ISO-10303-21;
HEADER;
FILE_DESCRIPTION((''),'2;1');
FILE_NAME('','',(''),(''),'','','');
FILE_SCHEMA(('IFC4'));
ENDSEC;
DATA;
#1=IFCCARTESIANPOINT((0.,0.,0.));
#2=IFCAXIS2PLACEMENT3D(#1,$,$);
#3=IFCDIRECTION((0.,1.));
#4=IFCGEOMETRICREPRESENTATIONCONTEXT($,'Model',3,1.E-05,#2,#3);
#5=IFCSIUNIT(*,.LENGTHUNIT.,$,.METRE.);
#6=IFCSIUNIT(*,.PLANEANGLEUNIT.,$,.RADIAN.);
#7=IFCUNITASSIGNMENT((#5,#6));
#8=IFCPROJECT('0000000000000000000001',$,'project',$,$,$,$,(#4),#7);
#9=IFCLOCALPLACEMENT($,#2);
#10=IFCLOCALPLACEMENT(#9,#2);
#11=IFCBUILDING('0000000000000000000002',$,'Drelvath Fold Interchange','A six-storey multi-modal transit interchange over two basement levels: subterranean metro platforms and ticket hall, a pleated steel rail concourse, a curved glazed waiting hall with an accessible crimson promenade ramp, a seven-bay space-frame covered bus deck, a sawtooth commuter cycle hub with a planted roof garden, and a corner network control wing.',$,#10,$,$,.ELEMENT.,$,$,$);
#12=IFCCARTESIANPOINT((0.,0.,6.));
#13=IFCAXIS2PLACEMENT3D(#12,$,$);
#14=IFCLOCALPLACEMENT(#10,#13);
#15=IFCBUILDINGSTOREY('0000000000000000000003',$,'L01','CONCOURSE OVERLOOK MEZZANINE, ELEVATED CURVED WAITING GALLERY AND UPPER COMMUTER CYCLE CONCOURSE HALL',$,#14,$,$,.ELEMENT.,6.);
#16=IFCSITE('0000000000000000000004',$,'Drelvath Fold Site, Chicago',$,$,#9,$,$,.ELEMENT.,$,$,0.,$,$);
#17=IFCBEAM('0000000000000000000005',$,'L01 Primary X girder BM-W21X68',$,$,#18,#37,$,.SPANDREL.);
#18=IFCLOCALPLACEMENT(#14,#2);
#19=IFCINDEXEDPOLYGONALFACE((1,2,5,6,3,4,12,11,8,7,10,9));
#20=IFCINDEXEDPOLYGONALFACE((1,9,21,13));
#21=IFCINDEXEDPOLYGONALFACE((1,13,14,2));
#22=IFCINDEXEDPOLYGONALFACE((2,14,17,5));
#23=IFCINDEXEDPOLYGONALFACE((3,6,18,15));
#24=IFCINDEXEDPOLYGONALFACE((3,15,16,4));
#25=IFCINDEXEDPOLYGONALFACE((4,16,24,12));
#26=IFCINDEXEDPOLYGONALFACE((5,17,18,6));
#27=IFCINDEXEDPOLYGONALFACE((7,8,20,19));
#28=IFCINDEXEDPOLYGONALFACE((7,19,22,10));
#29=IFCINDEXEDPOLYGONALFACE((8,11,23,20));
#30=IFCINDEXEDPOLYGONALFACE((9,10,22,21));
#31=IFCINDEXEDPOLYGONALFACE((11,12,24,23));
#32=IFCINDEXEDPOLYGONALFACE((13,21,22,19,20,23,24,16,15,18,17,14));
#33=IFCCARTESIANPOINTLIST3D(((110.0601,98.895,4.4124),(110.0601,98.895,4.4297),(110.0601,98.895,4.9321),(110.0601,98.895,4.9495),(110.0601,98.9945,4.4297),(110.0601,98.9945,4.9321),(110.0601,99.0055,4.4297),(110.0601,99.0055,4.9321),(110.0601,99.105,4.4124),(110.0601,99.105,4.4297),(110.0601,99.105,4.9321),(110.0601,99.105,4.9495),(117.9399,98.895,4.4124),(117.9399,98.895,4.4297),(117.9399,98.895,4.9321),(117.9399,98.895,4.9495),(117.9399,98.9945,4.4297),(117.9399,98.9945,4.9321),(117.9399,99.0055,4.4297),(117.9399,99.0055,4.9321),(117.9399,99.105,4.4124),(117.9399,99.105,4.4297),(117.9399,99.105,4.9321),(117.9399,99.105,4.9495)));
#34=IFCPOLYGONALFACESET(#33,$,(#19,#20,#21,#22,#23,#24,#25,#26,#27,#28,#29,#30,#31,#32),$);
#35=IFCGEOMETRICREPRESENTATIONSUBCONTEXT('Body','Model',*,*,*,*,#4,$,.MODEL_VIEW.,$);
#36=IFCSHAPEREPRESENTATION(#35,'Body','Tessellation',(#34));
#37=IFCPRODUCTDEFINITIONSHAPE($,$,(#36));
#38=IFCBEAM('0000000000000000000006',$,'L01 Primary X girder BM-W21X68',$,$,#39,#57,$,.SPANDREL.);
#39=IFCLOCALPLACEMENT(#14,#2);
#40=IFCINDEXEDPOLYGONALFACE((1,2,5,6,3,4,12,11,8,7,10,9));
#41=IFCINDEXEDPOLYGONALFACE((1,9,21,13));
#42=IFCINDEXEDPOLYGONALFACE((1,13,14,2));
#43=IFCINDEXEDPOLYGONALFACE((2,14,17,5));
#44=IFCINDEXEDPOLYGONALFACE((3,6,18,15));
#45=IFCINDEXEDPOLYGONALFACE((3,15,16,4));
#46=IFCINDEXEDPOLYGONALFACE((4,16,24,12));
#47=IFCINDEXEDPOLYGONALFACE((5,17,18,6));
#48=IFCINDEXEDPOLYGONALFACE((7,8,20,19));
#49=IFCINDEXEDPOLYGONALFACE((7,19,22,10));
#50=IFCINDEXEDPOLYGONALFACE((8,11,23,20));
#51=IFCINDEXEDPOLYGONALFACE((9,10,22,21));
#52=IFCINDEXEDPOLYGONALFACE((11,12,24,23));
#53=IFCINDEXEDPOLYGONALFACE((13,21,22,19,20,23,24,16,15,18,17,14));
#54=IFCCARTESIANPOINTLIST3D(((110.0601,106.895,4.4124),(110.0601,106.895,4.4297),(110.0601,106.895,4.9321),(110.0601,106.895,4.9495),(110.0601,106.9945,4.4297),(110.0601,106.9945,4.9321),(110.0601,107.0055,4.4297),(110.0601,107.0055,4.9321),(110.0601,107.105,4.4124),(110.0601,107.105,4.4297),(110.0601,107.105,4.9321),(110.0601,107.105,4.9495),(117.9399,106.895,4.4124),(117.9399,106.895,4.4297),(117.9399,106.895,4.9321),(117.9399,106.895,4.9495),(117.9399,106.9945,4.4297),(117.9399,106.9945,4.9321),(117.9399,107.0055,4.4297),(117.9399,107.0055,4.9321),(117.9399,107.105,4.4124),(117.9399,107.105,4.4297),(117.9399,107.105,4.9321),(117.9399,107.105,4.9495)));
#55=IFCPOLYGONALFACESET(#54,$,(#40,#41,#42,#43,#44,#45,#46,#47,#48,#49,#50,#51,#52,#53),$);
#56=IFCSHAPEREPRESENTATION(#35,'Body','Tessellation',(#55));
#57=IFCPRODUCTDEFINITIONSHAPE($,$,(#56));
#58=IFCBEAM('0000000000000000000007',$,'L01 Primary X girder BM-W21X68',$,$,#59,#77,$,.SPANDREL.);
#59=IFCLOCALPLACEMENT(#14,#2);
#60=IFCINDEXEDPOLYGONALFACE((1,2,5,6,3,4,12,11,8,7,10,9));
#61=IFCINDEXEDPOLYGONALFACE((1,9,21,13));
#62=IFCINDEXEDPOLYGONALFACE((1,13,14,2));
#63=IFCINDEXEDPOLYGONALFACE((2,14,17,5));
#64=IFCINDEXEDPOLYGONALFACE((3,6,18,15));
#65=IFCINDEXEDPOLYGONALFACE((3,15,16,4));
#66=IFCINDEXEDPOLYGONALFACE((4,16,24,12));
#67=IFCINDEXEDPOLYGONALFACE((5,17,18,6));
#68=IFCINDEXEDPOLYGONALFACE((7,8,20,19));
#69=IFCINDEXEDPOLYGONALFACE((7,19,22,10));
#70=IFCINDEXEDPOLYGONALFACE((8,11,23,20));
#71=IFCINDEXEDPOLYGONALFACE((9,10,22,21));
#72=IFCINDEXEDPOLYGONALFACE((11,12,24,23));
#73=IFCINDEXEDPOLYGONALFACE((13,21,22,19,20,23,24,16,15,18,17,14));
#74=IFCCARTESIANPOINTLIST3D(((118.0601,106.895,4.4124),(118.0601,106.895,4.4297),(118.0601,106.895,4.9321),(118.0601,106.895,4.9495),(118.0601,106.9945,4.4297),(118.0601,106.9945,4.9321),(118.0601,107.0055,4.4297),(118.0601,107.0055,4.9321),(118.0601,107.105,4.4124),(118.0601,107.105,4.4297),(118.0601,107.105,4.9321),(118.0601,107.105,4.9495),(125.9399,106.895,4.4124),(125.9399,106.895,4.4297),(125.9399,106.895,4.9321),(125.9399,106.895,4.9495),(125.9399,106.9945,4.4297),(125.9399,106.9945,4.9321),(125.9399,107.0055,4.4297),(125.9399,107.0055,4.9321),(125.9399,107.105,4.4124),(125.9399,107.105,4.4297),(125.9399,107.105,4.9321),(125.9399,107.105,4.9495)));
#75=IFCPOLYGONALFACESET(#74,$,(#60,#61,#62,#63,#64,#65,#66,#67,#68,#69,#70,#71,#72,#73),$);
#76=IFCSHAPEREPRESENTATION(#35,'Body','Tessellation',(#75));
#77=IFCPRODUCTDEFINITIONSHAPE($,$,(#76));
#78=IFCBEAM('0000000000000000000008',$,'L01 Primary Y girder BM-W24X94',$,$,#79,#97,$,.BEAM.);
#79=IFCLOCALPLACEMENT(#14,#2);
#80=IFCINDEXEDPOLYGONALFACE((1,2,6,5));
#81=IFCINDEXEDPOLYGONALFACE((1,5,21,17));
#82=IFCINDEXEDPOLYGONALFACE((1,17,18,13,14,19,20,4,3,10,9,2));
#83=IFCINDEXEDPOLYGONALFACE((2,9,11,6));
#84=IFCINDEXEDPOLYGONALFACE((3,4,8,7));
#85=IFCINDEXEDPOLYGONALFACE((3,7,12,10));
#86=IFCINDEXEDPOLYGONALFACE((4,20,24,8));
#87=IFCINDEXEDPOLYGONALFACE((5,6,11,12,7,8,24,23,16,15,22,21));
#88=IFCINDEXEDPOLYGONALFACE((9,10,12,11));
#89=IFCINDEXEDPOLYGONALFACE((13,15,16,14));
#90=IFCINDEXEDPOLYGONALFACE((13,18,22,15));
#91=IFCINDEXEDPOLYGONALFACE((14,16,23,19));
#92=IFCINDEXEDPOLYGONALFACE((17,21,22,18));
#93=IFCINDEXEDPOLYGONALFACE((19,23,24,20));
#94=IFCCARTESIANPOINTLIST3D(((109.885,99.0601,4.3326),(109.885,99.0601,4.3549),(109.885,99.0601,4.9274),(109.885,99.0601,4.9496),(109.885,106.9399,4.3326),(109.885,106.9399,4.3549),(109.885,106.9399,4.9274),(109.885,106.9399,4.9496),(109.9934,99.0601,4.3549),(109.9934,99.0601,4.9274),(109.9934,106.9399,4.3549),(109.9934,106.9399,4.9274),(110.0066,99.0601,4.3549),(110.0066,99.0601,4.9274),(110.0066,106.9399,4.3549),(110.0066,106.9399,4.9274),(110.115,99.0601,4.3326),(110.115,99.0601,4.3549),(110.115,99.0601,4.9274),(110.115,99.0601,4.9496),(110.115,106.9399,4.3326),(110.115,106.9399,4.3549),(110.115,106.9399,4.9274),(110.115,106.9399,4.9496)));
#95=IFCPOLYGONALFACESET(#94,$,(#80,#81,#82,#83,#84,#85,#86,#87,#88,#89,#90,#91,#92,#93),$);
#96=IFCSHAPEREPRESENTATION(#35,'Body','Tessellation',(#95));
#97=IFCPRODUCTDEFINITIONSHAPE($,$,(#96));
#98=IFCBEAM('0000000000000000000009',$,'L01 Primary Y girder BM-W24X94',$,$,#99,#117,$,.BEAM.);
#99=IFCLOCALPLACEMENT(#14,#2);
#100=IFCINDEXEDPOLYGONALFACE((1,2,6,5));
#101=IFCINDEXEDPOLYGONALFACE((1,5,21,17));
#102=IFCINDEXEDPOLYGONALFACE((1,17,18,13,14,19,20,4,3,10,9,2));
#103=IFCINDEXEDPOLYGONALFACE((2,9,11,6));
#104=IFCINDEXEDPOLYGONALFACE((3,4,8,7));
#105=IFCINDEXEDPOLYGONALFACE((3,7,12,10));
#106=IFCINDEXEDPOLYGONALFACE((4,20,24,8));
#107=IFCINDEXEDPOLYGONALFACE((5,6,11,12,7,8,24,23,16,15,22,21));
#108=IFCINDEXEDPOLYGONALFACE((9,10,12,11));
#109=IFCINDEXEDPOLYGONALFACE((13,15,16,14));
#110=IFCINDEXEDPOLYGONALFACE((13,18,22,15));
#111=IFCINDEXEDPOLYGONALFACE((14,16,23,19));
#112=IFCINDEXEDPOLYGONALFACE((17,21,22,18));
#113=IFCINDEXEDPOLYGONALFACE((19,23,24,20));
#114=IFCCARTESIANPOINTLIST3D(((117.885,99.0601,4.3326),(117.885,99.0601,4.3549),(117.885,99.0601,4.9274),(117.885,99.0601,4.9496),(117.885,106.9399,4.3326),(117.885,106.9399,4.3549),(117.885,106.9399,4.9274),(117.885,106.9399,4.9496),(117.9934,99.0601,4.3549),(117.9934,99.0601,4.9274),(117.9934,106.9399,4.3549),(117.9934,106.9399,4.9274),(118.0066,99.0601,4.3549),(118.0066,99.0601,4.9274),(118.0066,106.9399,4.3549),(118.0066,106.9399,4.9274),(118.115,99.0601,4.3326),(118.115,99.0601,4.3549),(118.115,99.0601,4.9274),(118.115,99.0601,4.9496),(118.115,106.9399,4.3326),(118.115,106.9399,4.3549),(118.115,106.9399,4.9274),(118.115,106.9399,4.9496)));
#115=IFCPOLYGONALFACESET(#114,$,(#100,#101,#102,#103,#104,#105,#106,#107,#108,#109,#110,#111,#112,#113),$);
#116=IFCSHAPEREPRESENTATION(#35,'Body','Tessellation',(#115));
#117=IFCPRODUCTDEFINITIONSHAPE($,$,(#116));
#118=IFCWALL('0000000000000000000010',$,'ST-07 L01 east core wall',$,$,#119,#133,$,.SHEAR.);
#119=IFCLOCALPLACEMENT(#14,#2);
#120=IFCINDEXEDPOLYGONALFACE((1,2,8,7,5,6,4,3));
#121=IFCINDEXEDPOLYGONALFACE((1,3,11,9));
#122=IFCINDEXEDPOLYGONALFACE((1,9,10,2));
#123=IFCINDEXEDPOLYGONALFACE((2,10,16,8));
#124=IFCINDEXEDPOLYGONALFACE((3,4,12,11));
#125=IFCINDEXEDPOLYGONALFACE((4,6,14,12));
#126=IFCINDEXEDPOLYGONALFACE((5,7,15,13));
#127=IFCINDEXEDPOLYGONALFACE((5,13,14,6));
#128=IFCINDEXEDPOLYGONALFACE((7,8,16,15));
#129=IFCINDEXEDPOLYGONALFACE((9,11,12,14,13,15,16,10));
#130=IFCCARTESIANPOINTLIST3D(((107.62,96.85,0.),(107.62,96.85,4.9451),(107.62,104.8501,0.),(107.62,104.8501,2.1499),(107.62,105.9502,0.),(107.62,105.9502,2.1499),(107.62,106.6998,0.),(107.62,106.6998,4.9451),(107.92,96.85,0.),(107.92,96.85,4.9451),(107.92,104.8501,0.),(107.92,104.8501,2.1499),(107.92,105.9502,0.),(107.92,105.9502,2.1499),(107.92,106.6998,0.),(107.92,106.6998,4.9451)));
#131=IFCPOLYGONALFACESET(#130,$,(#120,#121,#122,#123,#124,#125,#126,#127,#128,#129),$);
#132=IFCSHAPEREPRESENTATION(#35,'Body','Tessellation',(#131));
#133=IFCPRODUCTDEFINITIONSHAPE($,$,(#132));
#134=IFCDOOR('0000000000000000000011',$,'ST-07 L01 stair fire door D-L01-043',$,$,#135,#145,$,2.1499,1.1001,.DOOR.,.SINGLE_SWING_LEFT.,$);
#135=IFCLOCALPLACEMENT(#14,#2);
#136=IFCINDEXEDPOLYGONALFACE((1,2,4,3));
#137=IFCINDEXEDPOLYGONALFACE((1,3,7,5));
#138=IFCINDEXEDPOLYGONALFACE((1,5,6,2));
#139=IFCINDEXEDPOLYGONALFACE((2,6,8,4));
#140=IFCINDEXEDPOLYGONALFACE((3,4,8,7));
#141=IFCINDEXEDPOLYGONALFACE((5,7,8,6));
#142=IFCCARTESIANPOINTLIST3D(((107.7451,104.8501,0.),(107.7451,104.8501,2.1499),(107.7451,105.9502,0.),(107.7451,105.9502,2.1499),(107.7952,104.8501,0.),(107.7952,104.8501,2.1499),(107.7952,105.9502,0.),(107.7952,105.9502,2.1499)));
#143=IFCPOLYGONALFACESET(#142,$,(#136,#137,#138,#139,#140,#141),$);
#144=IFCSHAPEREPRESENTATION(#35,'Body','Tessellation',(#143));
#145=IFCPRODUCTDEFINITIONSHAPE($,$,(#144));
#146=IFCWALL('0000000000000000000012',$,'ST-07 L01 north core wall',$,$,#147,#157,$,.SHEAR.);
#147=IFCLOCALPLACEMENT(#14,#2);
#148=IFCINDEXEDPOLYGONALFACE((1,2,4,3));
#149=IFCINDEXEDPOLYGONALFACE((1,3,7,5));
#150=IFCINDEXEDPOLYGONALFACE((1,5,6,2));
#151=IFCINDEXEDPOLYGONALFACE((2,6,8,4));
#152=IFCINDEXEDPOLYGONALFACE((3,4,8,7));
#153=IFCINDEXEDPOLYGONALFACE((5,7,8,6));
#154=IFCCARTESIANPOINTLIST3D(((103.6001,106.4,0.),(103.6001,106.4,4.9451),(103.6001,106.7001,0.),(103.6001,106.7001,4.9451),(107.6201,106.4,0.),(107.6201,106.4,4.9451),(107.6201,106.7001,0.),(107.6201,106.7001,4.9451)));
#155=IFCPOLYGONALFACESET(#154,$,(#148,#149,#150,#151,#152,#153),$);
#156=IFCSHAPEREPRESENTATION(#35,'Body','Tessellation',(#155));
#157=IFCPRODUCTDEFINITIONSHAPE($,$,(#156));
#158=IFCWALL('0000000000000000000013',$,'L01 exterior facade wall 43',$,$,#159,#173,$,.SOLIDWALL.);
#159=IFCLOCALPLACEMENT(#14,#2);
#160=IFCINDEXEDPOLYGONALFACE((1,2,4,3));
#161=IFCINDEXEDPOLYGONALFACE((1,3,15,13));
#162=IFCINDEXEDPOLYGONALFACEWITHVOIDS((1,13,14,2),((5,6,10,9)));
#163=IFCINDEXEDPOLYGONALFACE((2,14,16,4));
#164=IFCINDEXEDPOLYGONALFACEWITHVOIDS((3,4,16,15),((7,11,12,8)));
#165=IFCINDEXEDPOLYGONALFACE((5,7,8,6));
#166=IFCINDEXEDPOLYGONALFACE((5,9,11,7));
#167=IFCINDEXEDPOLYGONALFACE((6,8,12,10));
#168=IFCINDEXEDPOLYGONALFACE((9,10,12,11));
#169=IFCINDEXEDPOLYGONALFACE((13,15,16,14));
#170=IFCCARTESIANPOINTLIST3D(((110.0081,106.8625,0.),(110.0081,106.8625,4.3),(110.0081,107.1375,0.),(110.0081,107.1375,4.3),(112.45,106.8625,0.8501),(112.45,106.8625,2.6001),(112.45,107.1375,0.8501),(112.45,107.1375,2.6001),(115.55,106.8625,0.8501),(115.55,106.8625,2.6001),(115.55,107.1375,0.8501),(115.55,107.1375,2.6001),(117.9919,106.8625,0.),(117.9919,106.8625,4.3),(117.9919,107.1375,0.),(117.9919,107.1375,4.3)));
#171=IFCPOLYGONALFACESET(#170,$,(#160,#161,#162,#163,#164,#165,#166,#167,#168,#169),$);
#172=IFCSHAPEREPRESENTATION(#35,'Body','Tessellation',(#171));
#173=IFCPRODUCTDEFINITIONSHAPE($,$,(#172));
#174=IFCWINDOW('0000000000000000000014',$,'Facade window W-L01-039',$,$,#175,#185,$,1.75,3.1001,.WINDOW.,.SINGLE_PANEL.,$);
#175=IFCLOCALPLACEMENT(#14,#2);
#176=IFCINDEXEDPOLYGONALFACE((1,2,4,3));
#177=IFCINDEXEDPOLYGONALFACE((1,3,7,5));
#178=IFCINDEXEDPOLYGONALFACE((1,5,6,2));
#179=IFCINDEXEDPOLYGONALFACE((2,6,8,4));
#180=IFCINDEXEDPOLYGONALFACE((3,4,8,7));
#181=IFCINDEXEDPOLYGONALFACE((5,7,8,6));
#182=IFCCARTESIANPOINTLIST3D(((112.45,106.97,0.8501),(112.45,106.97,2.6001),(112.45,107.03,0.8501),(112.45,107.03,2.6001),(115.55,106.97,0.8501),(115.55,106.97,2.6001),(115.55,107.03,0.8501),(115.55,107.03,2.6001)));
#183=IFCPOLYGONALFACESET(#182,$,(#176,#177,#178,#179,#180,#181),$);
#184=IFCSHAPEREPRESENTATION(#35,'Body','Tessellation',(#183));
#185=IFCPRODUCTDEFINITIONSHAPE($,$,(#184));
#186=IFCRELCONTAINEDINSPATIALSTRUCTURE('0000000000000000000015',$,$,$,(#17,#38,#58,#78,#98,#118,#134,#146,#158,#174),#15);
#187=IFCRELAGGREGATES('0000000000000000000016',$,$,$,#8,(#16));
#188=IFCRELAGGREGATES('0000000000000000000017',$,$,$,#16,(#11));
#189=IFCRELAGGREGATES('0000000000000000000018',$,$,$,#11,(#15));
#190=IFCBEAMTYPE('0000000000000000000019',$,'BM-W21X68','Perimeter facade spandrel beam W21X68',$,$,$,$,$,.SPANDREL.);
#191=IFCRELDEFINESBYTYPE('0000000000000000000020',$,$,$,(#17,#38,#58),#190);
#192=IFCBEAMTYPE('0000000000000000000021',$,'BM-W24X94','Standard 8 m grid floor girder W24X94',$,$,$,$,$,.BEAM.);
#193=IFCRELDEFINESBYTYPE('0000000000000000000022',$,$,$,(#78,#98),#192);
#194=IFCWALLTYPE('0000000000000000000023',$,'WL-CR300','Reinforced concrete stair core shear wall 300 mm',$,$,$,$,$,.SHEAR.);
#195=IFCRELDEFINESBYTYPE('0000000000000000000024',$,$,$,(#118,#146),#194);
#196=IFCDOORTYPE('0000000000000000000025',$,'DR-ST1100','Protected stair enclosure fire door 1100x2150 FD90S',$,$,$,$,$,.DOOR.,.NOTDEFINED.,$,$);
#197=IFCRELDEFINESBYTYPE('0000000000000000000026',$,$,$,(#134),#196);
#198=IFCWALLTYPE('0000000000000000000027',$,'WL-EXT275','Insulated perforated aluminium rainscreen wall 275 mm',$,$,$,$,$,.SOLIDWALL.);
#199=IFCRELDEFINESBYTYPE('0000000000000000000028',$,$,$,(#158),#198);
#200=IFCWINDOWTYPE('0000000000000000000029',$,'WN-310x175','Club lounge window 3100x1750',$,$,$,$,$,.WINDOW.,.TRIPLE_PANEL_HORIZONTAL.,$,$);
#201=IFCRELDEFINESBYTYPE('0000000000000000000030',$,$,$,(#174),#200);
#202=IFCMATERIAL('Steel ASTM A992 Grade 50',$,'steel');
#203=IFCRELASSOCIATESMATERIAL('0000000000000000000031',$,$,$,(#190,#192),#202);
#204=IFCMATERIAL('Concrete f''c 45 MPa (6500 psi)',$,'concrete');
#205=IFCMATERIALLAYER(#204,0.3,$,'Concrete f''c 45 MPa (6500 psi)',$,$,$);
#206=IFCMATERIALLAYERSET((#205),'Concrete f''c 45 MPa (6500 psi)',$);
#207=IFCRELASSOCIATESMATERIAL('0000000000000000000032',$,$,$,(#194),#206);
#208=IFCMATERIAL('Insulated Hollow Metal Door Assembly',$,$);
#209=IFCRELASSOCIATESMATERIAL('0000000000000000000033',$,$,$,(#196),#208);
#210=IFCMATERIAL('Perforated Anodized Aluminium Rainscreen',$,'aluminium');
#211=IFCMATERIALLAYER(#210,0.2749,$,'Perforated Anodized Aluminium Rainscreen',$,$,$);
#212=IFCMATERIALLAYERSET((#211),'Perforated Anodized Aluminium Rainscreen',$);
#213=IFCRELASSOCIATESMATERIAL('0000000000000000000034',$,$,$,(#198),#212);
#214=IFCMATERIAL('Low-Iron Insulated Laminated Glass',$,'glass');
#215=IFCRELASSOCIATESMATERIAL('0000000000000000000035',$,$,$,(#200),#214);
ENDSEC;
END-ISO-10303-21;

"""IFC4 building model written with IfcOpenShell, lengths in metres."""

from ifc_helpers import new_model, si_unit, direction, frame, frame_2d, origin, origin_2d, place, context, subcontext, project, spatial, rectangle, i_section, extrude, material, layer, layer_set, material_profile, profile_set, type_object, element, fill, save


model = new_model("IFC4")

# Units and contexts
model_context = context("Model", 3, precision=1e-05, world=origin(), true_north=direction((0.0, 1.0)))
body_context = subcontext(model_context, "Body", "Model", "MODEL_VIEW")
ifc_project = project(units=[si_unit("LENGTHUNIT", "METRE"), si_unit("PLANEANGLEUNIT", "RADIAN")], contexts=[model_context])

# Site, building, storey
site_placement = place(None, origin())
site = spatial("IfcSite", under=ifc_project, at=site_placement, Name="Drelvath Fold Site, Chicago", CompositionType="ELEMENT", RefElevation=0.0)
building_placement = place(site_placement, origin())
building = spatial("IfcBuilding", under=site, at=building_placement, Name="Drelvath Fold Interchange", Description="A six-storey multi-modal transit interchange over two basement levels: subterranean metro platforms and ticket hall, a pleated steel rail concourse, a curved glazed waiting hall with an accessible crimson promenade ramp, a seven-bay space-frame covered bus deck, a sawtooth commuter cycle hub with a planted roof garden, and a corner network control wing.", CompositionType="ELEMENT")
storey_placement = place(building_placement, frame((0.0, 0.0, 6.0)))
storey = spatial("IfcBuildingStorey", under=building, at=storey_placement, Name="L01", Description="CONCOURSE OVERLOOK MEZZANINE, ELEVATED CURVED WAITING GALLERY AND UPPER COMMUTER CYCLE CONCOURSE HALL", CompositionType="ELEMENT", Elevation=6.0)

# Shared definitions
ifc_material_1 = material(Name="Steel ASTM A992 Grade 50", Category="steel")

# Beams
ifc_material_profile_1 = material_profile(ifc_material_1, i_section(OverallWidth=0.21, OverallDepth=0.5371, WebThickness=0.011, FlangeThickness=0.0173, at=origin_2d()), Name="W21X68")
ifc_profile_set_1 = profile_set([ifc_material_profile_1], Name="Steel ASTM A992 Grade 50")
beam_type_1 = type_object("IfcBeamType", Name="BM-W21X68", Description="Perimeter facade spandrel beam W21X68", PredefinedType="SPANDREL", material=ifc_profile_set_1)
for number, where, z_axis, x_axis, name in (
    (1, (110.0601, 99.0, 4.6809), (1.0, 0.0, 0.0), (0.0, 1.0, 0.0), "L01 Primary X girder BM-W21X68"),
    (2, (110.0601, 107.0, 4.6809), (1.0, 0.0, 0.0), (0.0, 1.0, 0.0), "L01 Primary X girder BM-W21X68"),
    (3, (118.0601, 107.0, 4.6809), (1.0, 0.0, 0.0), (0.0, 1.0, 0.0), "L01 Primary X girder BM-W21X68"),
):
    element("IfcBeam", number, at=place(storey_placement, frame(where, z_axis=z_axis, x_axis=x_axis)), inside=storey, type_object=beam_type_1, Name=name, PredefinedType="SPANDREL", context=body_context, shape_type="SweptSolid", body=[
        extrude(i_section(OverallWidth=0.21, OverallDepth=0.5371, WebThickness=0.011, FlangeThickness=0.0173, at=origin_2d()), origin(), (0.0, 0.0, 1.0), 7.8799),
    ])
ifc_material_profile_2 = material_profile(ifc_material_1, i_section(OverallWidth=0.23, OverallDepth=0.6169, WebThickness=0.0132, FlangeThickness=0.0222, at=origin_2d()), Name="W24X94")
ifc_profile_set_2 = profile_set([ifc_material_profile_2], Name="Steel ASTM A992 Grade 50")
beam_type_2 = type_object("IfcBeamType", Name="BM-W24X94", Description="Standard 8 m grid floor girder W24X94", PredefinedType="BEAM", material=ifc_profile_set_2)
for number, where, z_axis, x_axis, name in (
    (4, (110.0, 99.0601, 4.6411), (0.0, 1.0, 0.0), (-1.0, 0.0, 0.0), "L01 Primary Y girder BM-W24X94"),
    (5, (118.0, 99.0601, 4.6411), (0.0, 1.0, 0.0), (-1.0, 0.0, 0.0), "L01 Primary Y girder BM-W24X94"),
):
    element("IfcBeam", number, at=place(storey_placement, frame(where, z_axis=z_axis, x_axis=x_axis)), inside=storey, type_object=beam_type_2, Name=name, PredefinedType="BEAM", context=body_context, shape_type="SweptSolid", body=[
        extrude(i_section(OverallWidth=0.23, OverallDepth=0.6169, WebThickness=0.0132, FlangeThickness=0.0222, at=origin_2d()), origin(), (0.0, 0.0, 1.0), 7.8799),
    ])

# Wall, opening, door
ifc_material_2 = material(Name="Concrete f'c 45 MPa (6500 psi)", Category="concrete")
ifc_layer_1 = layer(ifc_material_2, 0.3, Name="Concrete f'c 45 MPa (6500 psi)")
ifc_layer_set_1 = layer_set([ifc_layer_1], Name="Concrete f'c 45 MPa (6500 psi)")
wall_type_1 = type_object("IfcWallType", Name="WL-CR300", Description="Reinforced concrete stair core shear wall 300 mm", PredefinedType="SHEAR", material=ifc_layer_set_1)
wall_1_placement = place(storey_placement, frame((107.77, 96.8501, 0.0), z_axis=(0.0, 0.0, 1.0), x_axis=(0.0, 1.0, 0.0)))
wall_1 = element("IfcWall", 6, at=wall_1_placement, inside=storey, type_object=wall_type_1, Name="ST-07 L01 east core wall", PredefinedType="SHEAR", context=body_context, shape_type="SweptSolid", body=[
    extrude(rectangle(XDim=9.8499, YDim=0.3, at=frame_2d((4.9248, 0.0))), origin(), (0.0, 0.0, 1.0), 4.9451),
])
opening_1_placement = place(wall_1_placement, frame((8.0, 0.0, 0.0)))
opening_1 = element("IfcOpeningElement", 7, at=opening_1_placement, cuts=wall_1, PredefinedType="OPENING", context=body_context, shape_type="SweptSolid", body=[
    extrude(rectangle(XDim=1.1001, YDim=2.1499, at=frame_2d((0.55, 1.075))), frame((0.0, 0.1599, 0.0), z_axis=(0.0, -1.0, 0.0), x_axis=(1.0, 0.0, 0.0)), (0.0, 0.0, 1.0), 0.3201),
])
ifc_material_3 = material(Name="Insulated Hollow Metal Door Assembly")
door_type = type_object("IfcDoorType", Name="DR-ST1100", Description="Protected stair enclosure fire door 1100x2150 FD90S", OperationType="NOTDEFINED", PredefinedType="DOOR", material=ifc_material_3)
door_placement = place(opening_1_placement, origin())
door = element("IfcDoor", 8, at=door_placement, inside=storey, type_object=door_type, Name="ST-07 L01 stair fire door D-L01-043", OperationType="SINGLE_SWING_LEFT", OverallHeight=2.1499, OverallWidth=1.1001, PredefinedType="DOOR", context=body_context, shape_type="SweptSolid", body=[
    extrude(rectangle(XDim=1.1001, YDim=2.1499, at=frame_2d((0.55, 1.075))), frame((0.0, 0.0249, 0.0), z_axis=(0.0, -1.0, 0.0), x_axis=(1.0, 0.0, 0.0)), (0.0, 0.0, 1.0), 0.05),
])
fill(opening_1, door)

# Wall
wall_2_placement = place(storey_placement, frame((107.6201, 106.55, 0.0), z_axis=(0.0, 0.0, 1.0), x_axis=(-1.0, 0.0, 0.0)))
element("IfcWall", 9, at=wall_2_placement, inside=storey, type_object=wall_type_1, Name="ST-07 L01 north core wall", PredefinedType="SHEAR", context=body_context, shape_type="SweptSolid", body=[
    extrude(rectangle(XDim=4.02, YDim=0.3, at=frame_2d((2.01, 0.0))), origin(), (0.0, 0.0, 1.0), 4.9451),
])

# Wall, opening, window
ifc_material_4 = material(Name="Perforated Anodized Aluminium Rainscreen", Category="aluminium")
ifc_layer_2 = layer(ifc_material_4, 0.2749, Name="Perforated Anodized Aluminium Rainscreen")
ifc_layer_set_2 = layer_set([ifc_layer_2], Name="Perforated Anodized Aluminium Rainscreen")
wall_type_2 = type_object("IfcWallType", Name="WL-EXT275", Description="Insulated perforated aluminium rainscreen wall 275 mm", PredefinedType="SOLIDWALL", material=ifc_layer_set_2)
wall_3_placement = place(storey_placement, frame((110.0081, 107.0, 0.0), z_axis=(0.0, 0.0, 1.0), x_axis=(1.0, 0.0, 0.0)))
wall_3 = element("IfcWall", 10, at=wall_3_placement, inside=storey, type_object=wall_type_2, Name="L01 exterior facade wall 43", PredefinedType="SOLIDWALL", context=body_context, shape_type="SweptSolid", body=[
    extrude(rectangle(XDim=7.9839, YDim=0.2749, at=frame_2d((3.9919, 0.0))), origin(), (0.0, 0.0, 1.0), 4.3),
])
opening_2_placement = place(wall_3_placement, frame((2.4419, 0.0, 0.8501)))
opening_2 = element("IfcOpeningElement", 11, at=opening_2_placement, cuts=wall_3, PredefinedType="OPENING", context=body_context, shape_type="SweptSolid", body=[
    extrude(rectangle(XDim=3.1001, YDim=1.75, at=frame_2d((1.55, 0.875))), frame((0.0, 0.1475, 0.0), z_axis=(0.0, -1.0, 0.0), x_axis=(1.0, 0.0, 0.0)), (0.0, 0.0, 1.0), 0.2949),
])
ifc_material_5 = material(Name="Low-Iron Insulated Laminated Glass", Category="glass")
window_type_1 = type_object("IfcWindowType", Name="WN-310x175", Description="Club lounge window 3100x1750", PartitioningType="TRIPLE_PANEL_HORIZONTAL", PredefinedType="WINDOW", material=ifc_material_5)
window_1_placement = place(opening_2_placement, origin())
window_1 = element("IfcWindow", 12, at=window_1_placement, inside=storey, type_object=window_type_1, Name="Facade window W-L01-039", OverallHeight=1.75, OverallWidth=3.1001, PartitioningType="SINGLE_PANEL", PredefinedType="WINDOW", context=body_context, shape_type="SweptSolid", body=[
    extrude(rectangle(XDim=3.1001, YDim=1.75, at=frame_2d((1.55, 0.875))), frame((0.0, 0.03, 0.0), z_axis=(0.0, -1.0, 0.0), x_axis=(1.0, 0.0, 0.0)), (0.0, 0.0, 1.0), 0.0601),
])
fill(opening_2, window_1)

save(model, "model.ifc")
